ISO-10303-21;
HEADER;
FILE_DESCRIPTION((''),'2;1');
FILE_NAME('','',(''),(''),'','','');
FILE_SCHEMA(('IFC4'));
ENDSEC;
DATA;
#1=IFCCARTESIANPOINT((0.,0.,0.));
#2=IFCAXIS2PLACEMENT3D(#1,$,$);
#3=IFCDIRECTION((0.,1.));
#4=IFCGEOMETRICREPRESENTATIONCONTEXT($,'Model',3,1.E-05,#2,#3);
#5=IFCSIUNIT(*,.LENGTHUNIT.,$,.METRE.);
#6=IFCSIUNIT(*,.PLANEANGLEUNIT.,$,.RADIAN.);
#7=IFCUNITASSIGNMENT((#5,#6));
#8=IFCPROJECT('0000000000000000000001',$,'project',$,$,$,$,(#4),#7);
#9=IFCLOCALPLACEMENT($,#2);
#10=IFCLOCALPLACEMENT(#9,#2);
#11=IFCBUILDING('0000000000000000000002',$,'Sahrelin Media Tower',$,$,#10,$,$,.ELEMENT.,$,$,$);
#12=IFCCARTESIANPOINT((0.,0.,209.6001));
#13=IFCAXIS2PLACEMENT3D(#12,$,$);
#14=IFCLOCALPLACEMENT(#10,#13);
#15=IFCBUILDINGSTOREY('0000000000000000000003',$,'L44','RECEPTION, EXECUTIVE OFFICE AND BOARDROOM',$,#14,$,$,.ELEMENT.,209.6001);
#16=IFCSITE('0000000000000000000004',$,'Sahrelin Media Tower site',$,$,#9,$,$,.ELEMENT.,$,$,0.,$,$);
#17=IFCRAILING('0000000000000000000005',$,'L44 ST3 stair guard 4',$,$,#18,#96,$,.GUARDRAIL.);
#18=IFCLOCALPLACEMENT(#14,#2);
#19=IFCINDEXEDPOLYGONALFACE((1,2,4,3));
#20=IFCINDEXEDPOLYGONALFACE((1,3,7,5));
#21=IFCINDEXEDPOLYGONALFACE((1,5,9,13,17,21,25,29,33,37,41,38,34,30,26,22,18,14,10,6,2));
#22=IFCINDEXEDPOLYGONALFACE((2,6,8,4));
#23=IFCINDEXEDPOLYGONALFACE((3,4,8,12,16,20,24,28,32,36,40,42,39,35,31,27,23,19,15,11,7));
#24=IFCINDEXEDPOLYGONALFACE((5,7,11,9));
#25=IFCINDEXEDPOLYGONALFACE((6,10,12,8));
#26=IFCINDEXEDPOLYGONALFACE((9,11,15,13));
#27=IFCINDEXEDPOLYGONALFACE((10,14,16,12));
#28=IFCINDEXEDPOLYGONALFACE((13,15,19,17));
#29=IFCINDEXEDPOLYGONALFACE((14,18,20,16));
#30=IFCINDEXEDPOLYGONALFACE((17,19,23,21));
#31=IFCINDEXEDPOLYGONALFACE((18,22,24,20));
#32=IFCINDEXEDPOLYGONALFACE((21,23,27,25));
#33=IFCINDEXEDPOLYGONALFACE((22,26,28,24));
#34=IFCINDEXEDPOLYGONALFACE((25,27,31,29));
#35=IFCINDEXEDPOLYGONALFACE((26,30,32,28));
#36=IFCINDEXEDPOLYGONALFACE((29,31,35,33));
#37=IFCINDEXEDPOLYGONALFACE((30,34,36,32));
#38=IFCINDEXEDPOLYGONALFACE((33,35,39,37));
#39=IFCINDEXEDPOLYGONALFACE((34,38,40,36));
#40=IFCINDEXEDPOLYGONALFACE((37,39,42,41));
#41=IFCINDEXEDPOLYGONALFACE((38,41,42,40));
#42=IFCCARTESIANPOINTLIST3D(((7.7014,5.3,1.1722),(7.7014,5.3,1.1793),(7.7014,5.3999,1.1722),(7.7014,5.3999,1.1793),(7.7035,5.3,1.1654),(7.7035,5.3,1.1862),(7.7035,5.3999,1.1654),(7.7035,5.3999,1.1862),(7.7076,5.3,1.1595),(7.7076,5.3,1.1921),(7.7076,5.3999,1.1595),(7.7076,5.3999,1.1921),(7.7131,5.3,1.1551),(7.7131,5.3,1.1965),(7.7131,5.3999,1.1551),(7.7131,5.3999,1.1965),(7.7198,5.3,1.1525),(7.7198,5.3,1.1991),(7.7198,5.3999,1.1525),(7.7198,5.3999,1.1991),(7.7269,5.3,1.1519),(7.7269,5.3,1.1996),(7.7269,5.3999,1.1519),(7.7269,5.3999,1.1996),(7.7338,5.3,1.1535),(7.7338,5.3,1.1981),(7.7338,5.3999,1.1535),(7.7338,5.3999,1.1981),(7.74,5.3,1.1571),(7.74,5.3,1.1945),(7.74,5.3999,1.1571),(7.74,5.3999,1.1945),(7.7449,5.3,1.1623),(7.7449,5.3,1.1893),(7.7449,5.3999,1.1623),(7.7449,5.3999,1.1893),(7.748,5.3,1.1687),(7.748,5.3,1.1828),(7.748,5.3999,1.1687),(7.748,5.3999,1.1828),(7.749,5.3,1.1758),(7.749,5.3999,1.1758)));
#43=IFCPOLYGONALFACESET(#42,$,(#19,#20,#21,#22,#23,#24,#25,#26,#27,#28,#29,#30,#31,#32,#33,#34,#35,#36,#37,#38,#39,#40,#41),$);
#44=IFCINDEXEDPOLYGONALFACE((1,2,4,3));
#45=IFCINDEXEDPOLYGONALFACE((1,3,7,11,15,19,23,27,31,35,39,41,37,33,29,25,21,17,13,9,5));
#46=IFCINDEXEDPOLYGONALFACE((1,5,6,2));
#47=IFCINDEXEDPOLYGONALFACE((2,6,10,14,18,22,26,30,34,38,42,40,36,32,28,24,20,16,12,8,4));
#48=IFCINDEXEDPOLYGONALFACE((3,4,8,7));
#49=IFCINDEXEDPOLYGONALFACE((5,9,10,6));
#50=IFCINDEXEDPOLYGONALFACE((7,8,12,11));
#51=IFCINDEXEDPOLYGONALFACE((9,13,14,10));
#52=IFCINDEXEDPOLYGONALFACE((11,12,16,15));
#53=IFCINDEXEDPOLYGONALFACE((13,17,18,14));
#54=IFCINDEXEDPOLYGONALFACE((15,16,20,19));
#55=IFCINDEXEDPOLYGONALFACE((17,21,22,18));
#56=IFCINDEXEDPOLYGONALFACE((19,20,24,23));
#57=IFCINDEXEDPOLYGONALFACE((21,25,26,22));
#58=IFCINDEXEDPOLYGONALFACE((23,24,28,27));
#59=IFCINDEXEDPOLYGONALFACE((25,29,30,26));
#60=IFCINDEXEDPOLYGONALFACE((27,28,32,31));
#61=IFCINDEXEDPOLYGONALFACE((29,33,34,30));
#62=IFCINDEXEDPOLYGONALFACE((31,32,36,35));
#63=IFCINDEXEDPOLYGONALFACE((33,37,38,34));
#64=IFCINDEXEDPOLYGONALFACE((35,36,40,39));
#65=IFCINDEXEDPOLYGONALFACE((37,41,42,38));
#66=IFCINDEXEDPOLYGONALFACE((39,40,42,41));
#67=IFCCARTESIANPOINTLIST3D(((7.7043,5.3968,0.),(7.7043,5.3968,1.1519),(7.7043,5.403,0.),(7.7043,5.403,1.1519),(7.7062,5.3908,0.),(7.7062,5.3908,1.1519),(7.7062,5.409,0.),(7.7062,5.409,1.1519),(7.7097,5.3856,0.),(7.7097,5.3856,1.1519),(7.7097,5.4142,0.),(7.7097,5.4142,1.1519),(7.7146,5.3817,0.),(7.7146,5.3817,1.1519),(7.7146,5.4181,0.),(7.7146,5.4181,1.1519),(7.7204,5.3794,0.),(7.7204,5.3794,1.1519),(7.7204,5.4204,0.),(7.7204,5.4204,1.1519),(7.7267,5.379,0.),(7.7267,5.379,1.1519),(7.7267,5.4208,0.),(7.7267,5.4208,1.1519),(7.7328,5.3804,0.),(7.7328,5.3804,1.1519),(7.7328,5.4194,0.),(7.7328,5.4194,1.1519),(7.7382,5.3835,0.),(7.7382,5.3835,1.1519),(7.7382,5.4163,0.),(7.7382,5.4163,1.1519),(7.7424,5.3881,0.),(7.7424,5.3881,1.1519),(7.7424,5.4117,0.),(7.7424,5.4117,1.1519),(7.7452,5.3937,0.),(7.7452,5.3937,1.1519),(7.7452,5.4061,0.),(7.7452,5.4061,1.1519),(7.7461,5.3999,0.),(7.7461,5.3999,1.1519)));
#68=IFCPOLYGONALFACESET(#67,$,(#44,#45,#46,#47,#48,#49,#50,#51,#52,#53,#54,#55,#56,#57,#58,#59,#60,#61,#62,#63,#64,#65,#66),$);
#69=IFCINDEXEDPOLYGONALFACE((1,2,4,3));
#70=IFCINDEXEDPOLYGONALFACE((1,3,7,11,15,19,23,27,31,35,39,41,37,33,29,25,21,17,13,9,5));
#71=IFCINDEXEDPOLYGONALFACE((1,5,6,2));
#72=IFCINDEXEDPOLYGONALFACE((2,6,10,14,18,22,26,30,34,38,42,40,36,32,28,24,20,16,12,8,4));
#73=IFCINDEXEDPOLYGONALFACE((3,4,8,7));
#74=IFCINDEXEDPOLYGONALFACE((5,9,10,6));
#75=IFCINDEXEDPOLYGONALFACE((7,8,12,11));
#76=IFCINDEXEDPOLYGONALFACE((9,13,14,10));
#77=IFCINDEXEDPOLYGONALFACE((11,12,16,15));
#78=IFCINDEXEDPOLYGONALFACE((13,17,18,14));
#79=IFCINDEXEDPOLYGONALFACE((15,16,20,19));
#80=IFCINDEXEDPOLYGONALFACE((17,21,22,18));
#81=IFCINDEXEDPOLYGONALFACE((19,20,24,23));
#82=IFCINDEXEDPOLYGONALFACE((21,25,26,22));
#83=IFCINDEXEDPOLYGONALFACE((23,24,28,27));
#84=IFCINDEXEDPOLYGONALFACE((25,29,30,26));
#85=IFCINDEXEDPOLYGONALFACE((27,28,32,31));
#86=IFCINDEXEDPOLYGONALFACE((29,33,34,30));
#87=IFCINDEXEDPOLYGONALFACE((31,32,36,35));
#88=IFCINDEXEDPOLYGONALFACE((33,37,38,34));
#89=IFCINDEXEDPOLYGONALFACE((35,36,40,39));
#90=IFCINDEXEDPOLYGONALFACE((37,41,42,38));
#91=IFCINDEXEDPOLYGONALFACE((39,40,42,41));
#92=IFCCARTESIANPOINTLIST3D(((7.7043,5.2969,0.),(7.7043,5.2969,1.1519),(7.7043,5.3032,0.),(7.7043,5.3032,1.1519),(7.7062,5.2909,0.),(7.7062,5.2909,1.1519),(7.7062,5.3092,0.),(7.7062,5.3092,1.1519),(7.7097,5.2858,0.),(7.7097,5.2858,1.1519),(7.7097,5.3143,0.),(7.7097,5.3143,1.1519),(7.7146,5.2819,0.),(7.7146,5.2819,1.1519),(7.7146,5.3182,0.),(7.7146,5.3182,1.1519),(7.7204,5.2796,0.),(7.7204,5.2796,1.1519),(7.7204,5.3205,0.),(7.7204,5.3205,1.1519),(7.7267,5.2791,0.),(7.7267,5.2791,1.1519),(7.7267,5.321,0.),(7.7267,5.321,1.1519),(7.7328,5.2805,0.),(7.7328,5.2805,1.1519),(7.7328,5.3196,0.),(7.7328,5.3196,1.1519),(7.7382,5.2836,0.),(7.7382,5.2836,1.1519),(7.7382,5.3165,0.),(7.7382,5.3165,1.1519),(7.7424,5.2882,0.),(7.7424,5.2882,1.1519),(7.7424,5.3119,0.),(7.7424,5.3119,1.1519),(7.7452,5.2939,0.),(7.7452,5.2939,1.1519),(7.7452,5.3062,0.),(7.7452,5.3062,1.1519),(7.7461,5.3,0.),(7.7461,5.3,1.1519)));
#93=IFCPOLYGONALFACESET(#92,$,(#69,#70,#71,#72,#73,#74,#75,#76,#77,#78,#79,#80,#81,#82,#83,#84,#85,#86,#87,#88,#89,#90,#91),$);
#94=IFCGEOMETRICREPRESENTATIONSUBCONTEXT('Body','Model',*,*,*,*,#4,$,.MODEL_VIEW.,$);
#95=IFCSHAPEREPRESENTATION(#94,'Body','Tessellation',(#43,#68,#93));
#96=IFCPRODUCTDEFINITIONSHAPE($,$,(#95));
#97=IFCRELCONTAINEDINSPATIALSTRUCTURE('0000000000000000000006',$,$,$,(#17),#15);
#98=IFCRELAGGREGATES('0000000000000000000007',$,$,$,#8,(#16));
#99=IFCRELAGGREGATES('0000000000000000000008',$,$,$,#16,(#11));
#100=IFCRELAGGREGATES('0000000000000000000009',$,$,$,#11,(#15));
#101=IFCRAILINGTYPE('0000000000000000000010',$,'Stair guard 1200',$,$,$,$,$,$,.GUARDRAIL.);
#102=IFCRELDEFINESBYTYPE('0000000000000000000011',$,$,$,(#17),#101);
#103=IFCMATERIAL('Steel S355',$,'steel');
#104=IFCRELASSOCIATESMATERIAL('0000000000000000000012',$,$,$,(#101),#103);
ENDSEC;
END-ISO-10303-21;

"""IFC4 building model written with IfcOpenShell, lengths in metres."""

from ifc_helpers import new_model, si_unit, direction, frame, origin, origin_2d, place, context, subcontext, project, spatial, circle, extrude, material, type_object, element, save


model = new_model("IFC4")

# Units and contexts
model_context = context("Model", 3, precision=1e-05, world=origin(), true_north=direction((0.0, 1.0)))
body_context = subcontext(model_context, "Body", "Model", "MODEL_VIEW")
ifc_project = project(units=[si_unit("LENGTHUNIT", "METRE"), si_unit("PLANEANGLEUNIT", "RADIAN")], contexts=[model_context])

# Site, building, storey
site_placement = place(None, origin())
site = spatial("IfcSite", under=ifc_project, at=site_placement, Name="Sahrelin Media Tower site", CompositionType="ELEMENT", RefElevation=0.0)
building_placement = place(site_placement, origin())
building = spatial("IfcBuilding", under=site, at=building_placement, Name="Sahrelin Media Tower", CompositionType="ELEMENT")
storey_placement = place(building_placement, frame((0.0, 0.0, 209.6001)))
storey = spatial("IfcBuildingStorey", under=building, at=storey_placement, Name="L44", Description="RECEPTION, EXECUTIVE OFFICE AND BOARDROOM", CompositionType="ELEMENT", Elevation=209.6001)

# Shared definitions
ifc_material_1 = material(Name="Steel S355", Category="steel")

# Railing
railing_type_1 = type_object("IfcRailingType", Name="Stair guard 1200", PredefinedType="GUARDRAIL", material=ifc_material_1)
railing_1_placement = place(storey_placement, frame((7.7251, 5.3999, 0.0)))
element("IfcRailing", 1, at=railing_1_placement, inside=storey, type_object=railing_type_1, Name="L44 ST3 stair guard 4", PredefinedType="GUARDRAIL", context=body_context, shape_type="SweptSolid", body=[
    extrude(circle(Radius=0.0239, at=origin_2d()), frame((0.0, 0.0, 1.1758), z_axis=(0.0, -1.0, 0.0), x_axis=(1.0, 0.0, 0.0)), (0.0, 0.0, 1.0), 0.0999),
    extrude(circle(Radius=0.021, at=origin_2d()), origin(), (0.0, 0.0, 1.0), 1.1519),
    extrude(circle(Radius=0.021, at=origin_2d()), frame((0.0, -0.0999, 0.0)), (0.0, 0.0, 1.0), 1.1519),
])

save(model, "model.ifc")
